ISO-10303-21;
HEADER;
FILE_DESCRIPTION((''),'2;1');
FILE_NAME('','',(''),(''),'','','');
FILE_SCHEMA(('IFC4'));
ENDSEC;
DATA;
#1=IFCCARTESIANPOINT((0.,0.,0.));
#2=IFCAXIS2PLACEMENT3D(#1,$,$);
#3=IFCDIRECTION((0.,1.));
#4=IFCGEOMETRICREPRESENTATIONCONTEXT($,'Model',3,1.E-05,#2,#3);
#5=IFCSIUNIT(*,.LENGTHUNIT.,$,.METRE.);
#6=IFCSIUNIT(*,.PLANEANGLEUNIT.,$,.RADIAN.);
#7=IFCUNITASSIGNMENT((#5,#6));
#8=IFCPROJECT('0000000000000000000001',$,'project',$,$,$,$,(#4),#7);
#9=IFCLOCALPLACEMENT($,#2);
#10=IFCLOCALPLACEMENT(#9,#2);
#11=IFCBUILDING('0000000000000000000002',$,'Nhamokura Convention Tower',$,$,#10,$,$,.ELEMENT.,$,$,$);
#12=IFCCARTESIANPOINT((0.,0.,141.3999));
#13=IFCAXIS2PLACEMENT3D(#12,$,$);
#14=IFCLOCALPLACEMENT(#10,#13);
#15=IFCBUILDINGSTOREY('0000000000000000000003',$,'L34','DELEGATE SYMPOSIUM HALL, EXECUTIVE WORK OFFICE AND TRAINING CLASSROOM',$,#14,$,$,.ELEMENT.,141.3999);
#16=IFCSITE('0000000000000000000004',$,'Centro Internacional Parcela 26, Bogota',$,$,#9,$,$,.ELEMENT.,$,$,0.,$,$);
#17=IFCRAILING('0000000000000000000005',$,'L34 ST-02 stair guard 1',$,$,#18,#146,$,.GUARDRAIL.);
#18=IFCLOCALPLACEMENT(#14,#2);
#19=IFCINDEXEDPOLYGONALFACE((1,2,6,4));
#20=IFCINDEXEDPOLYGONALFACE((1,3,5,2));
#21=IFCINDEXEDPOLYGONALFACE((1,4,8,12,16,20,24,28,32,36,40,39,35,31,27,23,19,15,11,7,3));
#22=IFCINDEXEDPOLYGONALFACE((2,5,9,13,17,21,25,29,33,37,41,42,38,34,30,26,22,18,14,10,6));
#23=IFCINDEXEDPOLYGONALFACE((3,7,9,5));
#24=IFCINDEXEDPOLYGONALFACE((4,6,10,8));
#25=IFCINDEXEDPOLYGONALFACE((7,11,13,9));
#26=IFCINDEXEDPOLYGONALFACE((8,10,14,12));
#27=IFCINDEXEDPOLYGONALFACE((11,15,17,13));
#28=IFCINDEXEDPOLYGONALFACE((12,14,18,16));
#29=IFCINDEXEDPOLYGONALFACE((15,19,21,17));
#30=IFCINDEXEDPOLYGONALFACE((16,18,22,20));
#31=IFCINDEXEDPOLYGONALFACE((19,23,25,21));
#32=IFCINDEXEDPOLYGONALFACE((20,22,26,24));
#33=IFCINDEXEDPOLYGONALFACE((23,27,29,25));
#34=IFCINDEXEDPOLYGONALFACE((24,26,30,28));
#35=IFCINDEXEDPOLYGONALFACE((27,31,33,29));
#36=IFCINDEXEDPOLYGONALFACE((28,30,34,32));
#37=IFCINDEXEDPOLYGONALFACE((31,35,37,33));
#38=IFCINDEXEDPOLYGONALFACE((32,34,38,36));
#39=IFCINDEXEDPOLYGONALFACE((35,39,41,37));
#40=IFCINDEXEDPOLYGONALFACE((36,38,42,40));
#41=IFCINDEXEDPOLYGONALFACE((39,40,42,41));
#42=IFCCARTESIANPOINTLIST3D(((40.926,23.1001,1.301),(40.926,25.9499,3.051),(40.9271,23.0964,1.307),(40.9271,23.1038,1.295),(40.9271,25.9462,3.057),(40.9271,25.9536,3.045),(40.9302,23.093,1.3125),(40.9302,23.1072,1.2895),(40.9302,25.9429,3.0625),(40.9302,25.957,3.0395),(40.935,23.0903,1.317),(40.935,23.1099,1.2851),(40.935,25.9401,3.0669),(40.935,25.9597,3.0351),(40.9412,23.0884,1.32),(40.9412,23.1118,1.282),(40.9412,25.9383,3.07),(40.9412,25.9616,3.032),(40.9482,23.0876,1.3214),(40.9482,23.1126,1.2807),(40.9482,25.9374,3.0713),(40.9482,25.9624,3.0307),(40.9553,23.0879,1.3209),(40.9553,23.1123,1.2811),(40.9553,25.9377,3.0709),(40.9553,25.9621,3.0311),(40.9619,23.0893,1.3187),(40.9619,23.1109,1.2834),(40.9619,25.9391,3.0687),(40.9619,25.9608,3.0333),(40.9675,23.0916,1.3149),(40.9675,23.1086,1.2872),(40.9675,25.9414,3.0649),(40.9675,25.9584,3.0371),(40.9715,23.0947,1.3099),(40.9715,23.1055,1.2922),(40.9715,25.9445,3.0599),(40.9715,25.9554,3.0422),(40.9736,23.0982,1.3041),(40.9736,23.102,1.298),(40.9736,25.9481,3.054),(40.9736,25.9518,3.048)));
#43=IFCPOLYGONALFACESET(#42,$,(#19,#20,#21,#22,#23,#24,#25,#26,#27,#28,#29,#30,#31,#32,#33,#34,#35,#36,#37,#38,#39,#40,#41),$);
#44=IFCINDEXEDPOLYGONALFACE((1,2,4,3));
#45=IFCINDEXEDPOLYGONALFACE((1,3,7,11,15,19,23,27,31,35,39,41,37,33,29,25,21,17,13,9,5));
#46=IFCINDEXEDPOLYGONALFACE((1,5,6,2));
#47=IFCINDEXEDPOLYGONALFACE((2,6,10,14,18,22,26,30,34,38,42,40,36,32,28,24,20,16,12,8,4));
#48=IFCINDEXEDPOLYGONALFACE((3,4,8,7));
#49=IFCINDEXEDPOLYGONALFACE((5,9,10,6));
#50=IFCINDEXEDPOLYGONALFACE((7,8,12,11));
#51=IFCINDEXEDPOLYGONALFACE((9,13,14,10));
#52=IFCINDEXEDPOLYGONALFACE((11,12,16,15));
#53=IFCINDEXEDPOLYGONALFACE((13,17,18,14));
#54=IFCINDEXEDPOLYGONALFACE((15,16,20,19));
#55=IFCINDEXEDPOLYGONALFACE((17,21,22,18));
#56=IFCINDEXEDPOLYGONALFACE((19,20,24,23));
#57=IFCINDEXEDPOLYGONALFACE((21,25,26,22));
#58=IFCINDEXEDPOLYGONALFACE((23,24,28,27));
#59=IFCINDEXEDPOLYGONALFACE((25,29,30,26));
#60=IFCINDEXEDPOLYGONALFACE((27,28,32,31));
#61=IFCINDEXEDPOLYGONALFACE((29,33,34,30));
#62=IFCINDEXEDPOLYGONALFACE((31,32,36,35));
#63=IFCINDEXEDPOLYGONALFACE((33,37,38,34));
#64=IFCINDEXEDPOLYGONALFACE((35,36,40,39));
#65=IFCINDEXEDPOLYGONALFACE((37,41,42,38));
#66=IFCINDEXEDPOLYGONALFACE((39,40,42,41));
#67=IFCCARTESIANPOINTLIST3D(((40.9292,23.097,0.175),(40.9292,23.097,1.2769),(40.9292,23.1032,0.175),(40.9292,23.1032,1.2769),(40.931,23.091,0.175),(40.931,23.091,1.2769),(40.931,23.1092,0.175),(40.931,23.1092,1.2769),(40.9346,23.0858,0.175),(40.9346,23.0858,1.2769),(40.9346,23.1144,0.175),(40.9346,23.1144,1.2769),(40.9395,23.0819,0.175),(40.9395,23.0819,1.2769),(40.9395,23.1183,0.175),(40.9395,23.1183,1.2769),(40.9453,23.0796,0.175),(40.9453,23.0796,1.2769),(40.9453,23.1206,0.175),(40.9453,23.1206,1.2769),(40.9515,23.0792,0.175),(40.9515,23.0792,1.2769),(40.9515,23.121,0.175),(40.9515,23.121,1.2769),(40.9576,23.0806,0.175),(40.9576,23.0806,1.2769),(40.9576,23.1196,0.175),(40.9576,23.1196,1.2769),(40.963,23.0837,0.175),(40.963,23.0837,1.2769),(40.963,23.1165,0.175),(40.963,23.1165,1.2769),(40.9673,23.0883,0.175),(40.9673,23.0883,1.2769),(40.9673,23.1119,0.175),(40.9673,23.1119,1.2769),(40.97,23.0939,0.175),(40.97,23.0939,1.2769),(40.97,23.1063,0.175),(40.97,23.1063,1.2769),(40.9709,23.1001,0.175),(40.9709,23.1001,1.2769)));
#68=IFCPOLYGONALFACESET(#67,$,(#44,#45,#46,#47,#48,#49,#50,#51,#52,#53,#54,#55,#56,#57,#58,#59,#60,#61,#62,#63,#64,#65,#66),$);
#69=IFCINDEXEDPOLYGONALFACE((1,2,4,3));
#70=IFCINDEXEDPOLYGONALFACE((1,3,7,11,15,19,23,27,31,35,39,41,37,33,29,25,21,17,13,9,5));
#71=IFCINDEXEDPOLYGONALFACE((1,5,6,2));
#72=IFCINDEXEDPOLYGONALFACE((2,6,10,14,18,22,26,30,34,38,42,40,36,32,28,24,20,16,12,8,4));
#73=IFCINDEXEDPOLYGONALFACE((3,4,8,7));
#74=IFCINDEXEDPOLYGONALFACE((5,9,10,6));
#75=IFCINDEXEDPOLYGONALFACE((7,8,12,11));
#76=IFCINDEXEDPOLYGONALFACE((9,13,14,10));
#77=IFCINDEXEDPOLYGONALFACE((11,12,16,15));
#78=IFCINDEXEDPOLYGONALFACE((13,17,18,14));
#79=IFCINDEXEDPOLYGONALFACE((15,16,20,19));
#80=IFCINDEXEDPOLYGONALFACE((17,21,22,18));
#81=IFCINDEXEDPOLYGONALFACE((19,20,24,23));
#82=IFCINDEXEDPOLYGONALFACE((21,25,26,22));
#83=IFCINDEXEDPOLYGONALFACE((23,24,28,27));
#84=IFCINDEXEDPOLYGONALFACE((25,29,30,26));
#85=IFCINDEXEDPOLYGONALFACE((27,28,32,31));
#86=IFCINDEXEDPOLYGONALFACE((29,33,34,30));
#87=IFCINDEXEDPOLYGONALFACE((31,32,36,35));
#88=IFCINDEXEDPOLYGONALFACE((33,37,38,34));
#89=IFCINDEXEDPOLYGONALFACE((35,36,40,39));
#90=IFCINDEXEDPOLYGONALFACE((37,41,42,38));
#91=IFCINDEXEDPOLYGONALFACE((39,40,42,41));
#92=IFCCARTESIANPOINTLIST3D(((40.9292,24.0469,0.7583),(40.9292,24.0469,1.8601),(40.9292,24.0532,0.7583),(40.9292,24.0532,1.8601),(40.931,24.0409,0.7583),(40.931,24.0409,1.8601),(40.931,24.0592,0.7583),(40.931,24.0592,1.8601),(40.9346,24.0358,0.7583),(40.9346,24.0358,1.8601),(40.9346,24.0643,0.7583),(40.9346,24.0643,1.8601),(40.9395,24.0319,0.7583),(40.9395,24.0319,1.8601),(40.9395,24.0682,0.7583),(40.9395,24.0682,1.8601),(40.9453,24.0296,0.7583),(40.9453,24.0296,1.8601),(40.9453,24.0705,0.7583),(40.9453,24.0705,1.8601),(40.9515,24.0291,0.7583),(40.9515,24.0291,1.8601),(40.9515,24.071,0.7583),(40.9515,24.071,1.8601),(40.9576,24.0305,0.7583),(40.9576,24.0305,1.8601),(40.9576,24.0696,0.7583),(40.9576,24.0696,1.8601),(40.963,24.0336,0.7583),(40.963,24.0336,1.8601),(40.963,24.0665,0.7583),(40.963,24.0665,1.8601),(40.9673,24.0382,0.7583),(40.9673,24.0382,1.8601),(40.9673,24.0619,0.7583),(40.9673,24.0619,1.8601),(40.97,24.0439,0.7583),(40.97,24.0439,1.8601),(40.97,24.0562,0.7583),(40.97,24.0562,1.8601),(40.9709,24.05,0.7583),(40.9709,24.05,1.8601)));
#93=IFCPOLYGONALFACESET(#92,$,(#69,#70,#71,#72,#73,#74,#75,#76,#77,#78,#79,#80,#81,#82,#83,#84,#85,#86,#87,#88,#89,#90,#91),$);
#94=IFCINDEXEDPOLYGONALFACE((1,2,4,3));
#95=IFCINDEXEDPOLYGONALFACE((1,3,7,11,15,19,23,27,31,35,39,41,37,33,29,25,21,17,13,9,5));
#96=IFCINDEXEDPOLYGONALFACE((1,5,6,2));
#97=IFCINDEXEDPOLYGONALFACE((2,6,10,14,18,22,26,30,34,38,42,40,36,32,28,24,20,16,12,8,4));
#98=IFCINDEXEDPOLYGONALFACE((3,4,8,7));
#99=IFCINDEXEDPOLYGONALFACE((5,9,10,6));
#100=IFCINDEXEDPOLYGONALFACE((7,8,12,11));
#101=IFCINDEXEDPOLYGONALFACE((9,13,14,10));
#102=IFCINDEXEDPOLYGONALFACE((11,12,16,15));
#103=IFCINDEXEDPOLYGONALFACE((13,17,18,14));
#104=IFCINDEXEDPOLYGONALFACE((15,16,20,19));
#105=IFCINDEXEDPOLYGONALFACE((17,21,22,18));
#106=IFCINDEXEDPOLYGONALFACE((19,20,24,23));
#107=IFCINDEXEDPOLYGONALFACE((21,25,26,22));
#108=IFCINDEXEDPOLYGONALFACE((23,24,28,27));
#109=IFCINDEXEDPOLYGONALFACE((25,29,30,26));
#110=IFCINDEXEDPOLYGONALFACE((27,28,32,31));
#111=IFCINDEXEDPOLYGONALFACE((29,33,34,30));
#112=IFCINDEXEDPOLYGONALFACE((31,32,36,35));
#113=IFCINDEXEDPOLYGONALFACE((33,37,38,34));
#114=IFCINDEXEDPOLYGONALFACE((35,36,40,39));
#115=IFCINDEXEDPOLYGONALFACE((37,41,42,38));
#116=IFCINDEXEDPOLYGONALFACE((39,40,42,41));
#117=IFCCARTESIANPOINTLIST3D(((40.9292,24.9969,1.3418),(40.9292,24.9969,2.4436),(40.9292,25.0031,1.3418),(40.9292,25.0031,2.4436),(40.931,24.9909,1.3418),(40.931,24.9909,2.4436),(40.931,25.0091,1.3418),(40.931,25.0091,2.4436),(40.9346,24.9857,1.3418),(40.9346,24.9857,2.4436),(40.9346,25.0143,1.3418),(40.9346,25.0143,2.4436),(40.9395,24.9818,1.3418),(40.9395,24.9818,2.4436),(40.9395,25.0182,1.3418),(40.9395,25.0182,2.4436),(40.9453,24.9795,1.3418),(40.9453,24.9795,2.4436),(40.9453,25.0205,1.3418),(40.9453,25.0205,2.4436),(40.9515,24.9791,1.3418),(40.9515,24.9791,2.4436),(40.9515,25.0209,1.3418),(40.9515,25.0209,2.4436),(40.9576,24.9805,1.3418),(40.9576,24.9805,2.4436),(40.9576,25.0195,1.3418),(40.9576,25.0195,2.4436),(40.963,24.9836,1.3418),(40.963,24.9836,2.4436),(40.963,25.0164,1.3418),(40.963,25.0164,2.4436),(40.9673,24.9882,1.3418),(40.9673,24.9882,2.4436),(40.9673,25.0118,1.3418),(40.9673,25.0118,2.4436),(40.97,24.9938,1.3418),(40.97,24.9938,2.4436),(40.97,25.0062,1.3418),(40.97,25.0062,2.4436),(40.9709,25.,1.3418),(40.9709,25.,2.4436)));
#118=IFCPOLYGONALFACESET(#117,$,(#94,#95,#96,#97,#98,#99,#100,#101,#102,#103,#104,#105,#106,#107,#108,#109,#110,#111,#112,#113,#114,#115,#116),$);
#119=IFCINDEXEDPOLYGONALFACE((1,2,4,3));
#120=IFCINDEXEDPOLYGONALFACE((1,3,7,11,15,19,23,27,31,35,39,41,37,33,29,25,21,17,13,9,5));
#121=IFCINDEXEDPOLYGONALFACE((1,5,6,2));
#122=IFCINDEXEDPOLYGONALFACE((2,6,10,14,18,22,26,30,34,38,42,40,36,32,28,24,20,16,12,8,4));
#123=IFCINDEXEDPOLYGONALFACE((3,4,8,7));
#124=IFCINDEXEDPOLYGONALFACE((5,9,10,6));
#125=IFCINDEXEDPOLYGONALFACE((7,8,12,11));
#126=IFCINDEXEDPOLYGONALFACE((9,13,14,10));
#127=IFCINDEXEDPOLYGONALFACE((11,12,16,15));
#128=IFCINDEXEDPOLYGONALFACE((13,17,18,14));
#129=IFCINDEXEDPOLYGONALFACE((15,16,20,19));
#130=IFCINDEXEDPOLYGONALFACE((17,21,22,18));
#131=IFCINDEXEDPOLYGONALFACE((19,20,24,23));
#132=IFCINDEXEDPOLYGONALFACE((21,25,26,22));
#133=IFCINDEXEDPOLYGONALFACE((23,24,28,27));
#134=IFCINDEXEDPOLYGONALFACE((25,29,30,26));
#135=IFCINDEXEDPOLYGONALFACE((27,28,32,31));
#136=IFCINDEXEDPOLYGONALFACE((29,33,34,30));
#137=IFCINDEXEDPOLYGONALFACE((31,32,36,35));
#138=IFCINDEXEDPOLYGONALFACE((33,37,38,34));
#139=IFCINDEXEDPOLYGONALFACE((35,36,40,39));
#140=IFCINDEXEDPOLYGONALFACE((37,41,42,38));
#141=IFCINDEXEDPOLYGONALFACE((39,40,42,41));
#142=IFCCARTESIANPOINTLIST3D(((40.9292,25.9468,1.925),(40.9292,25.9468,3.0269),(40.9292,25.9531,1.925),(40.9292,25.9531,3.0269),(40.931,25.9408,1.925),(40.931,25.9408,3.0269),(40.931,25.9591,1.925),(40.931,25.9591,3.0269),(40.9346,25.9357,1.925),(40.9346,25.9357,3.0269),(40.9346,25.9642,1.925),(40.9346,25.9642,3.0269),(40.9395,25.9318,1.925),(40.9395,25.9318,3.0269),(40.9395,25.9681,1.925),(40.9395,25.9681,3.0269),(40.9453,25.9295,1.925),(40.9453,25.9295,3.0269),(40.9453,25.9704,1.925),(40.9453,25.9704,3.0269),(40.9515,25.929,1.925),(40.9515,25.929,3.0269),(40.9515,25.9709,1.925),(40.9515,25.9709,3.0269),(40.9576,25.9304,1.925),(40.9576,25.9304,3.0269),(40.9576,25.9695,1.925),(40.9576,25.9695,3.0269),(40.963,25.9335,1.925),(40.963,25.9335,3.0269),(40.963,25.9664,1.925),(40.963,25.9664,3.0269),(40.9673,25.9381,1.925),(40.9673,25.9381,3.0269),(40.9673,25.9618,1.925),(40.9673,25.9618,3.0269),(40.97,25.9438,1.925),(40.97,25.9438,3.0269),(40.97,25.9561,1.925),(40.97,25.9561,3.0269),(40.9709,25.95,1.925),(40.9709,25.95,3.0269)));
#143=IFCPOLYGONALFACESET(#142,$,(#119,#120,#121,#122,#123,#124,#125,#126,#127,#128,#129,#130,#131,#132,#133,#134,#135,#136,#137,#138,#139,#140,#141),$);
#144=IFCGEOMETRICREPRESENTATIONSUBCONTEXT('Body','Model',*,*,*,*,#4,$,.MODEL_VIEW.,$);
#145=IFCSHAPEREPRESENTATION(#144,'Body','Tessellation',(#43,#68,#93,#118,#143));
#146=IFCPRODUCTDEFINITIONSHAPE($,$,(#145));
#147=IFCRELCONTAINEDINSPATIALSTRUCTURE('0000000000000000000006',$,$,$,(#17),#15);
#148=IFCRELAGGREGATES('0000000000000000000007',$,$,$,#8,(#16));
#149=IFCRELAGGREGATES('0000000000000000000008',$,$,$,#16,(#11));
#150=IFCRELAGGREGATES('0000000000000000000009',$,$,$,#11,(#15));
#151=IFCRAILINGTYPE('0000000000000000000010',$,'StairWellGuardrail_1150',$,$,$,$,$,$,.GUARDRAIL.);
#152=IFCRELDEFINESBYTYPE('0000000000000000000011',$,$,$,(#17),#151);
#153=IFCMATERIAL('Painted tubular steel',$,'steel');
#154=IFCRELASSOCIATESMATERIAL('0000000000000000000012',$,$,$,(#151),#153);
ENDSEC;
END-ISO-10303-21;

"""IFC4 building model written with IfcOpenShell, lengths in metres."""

from ifc_helpers import new_model, si_unit, direction, frame, origin, origin_2d, place, context, subcontext, project, spatial, circle, extrude, material, type_object, element, save


model = new_model("IFC4")

# Units and contexts
model_context = context("Model", 3, precision=1e-05, world=origin(), true_north=direction((0.0, 1.0)))
body_context = subcontext(model_context, "Body", "Model", "MODEL_VIEW")
ifc_project = project(units=[si_unit("LENGTHUNIT", "METRE"), si_unit("PLANEANGLEUNIT", "RADIAN")], contexts=[model_context])

# Site, building, storey
site_placement = place(None, origin())
site = spatial("IfcSite", under=ifc_project, at=site_placement, Name="Centro Internacional Parcela 26, Bogota", CompositionType="ELEMENT", RefElevation=0.0)
building_placement = place(site_placement, origin())
building = spatial("IfcBuilding", under=site, at=building_placement, Name="Nhamokura Convention Tower", CompositionType="ELEMENT")
storey_placement = place(building_placement, frame((0.0, 0.0, 141.3999)))
storey = spatial("IfcBuildingStorey", under=building, at=storey_placement, Name="L34", Description="DELEGATE SYMPOSIUM HALL, EXECUTIVE WORK OFFICE AND TRAINING CLASSROOM", CompositionType="ELEMENT", Elevation=141.3999)

# Railing
ifc_material_1 = material(Name="Painted tubular steel", Category="steel")
railing_type_1 = type_object("IfcRailingType", Name="StairWellGuardrail_1150", PredefinedType="GUARDRAIL", material=ifc_material_1)
railing_1_placement = place(storey_placement, frame((40.95, 23.1001, 0.175)))
element("IfcRailing", 1, at=railing_1_placement, inside=storey, type_object=railing_type_1, Name="L34 ST-02 stair guard 1", PredefinedType="GUARDRAIL", context=body_context, shape_type="SweptSolid", body=[
    extrude(circle(Radius=0.0239, at=origin_2d()), frame((0.0, 0.0, 1.126), z_axis=(0.0, 0.852159, 0.523283), x_axis=(-1.0, 0.0, 0.0)), (0.0, 0.0, 1.0), 3.3442),
    extrude(circle(Radius=0.021, at=origin_2d()), origin(), (0.0, 0.0, 1.0), 1.1018),
    extrude(circle(Radius=0.021, at=origin_2d()), frame((0.0, 0.95, 0.5833)), (0.0, 0.0, 1.0), 1.1018),
    extrude(circle(Radius=0.021, at=origin_2d()), frame((0.0, 1.8999, 1.1667)), (0.0, 0.0, 1.0), 1.1018),
    extrude(circle(Radius=0.021, at=origin_2d()), frame((0.0, 2.8499, 1.75)), (0.0, 0.0, 1.0), 1.1018),
])

save(model, "model.ifc")
